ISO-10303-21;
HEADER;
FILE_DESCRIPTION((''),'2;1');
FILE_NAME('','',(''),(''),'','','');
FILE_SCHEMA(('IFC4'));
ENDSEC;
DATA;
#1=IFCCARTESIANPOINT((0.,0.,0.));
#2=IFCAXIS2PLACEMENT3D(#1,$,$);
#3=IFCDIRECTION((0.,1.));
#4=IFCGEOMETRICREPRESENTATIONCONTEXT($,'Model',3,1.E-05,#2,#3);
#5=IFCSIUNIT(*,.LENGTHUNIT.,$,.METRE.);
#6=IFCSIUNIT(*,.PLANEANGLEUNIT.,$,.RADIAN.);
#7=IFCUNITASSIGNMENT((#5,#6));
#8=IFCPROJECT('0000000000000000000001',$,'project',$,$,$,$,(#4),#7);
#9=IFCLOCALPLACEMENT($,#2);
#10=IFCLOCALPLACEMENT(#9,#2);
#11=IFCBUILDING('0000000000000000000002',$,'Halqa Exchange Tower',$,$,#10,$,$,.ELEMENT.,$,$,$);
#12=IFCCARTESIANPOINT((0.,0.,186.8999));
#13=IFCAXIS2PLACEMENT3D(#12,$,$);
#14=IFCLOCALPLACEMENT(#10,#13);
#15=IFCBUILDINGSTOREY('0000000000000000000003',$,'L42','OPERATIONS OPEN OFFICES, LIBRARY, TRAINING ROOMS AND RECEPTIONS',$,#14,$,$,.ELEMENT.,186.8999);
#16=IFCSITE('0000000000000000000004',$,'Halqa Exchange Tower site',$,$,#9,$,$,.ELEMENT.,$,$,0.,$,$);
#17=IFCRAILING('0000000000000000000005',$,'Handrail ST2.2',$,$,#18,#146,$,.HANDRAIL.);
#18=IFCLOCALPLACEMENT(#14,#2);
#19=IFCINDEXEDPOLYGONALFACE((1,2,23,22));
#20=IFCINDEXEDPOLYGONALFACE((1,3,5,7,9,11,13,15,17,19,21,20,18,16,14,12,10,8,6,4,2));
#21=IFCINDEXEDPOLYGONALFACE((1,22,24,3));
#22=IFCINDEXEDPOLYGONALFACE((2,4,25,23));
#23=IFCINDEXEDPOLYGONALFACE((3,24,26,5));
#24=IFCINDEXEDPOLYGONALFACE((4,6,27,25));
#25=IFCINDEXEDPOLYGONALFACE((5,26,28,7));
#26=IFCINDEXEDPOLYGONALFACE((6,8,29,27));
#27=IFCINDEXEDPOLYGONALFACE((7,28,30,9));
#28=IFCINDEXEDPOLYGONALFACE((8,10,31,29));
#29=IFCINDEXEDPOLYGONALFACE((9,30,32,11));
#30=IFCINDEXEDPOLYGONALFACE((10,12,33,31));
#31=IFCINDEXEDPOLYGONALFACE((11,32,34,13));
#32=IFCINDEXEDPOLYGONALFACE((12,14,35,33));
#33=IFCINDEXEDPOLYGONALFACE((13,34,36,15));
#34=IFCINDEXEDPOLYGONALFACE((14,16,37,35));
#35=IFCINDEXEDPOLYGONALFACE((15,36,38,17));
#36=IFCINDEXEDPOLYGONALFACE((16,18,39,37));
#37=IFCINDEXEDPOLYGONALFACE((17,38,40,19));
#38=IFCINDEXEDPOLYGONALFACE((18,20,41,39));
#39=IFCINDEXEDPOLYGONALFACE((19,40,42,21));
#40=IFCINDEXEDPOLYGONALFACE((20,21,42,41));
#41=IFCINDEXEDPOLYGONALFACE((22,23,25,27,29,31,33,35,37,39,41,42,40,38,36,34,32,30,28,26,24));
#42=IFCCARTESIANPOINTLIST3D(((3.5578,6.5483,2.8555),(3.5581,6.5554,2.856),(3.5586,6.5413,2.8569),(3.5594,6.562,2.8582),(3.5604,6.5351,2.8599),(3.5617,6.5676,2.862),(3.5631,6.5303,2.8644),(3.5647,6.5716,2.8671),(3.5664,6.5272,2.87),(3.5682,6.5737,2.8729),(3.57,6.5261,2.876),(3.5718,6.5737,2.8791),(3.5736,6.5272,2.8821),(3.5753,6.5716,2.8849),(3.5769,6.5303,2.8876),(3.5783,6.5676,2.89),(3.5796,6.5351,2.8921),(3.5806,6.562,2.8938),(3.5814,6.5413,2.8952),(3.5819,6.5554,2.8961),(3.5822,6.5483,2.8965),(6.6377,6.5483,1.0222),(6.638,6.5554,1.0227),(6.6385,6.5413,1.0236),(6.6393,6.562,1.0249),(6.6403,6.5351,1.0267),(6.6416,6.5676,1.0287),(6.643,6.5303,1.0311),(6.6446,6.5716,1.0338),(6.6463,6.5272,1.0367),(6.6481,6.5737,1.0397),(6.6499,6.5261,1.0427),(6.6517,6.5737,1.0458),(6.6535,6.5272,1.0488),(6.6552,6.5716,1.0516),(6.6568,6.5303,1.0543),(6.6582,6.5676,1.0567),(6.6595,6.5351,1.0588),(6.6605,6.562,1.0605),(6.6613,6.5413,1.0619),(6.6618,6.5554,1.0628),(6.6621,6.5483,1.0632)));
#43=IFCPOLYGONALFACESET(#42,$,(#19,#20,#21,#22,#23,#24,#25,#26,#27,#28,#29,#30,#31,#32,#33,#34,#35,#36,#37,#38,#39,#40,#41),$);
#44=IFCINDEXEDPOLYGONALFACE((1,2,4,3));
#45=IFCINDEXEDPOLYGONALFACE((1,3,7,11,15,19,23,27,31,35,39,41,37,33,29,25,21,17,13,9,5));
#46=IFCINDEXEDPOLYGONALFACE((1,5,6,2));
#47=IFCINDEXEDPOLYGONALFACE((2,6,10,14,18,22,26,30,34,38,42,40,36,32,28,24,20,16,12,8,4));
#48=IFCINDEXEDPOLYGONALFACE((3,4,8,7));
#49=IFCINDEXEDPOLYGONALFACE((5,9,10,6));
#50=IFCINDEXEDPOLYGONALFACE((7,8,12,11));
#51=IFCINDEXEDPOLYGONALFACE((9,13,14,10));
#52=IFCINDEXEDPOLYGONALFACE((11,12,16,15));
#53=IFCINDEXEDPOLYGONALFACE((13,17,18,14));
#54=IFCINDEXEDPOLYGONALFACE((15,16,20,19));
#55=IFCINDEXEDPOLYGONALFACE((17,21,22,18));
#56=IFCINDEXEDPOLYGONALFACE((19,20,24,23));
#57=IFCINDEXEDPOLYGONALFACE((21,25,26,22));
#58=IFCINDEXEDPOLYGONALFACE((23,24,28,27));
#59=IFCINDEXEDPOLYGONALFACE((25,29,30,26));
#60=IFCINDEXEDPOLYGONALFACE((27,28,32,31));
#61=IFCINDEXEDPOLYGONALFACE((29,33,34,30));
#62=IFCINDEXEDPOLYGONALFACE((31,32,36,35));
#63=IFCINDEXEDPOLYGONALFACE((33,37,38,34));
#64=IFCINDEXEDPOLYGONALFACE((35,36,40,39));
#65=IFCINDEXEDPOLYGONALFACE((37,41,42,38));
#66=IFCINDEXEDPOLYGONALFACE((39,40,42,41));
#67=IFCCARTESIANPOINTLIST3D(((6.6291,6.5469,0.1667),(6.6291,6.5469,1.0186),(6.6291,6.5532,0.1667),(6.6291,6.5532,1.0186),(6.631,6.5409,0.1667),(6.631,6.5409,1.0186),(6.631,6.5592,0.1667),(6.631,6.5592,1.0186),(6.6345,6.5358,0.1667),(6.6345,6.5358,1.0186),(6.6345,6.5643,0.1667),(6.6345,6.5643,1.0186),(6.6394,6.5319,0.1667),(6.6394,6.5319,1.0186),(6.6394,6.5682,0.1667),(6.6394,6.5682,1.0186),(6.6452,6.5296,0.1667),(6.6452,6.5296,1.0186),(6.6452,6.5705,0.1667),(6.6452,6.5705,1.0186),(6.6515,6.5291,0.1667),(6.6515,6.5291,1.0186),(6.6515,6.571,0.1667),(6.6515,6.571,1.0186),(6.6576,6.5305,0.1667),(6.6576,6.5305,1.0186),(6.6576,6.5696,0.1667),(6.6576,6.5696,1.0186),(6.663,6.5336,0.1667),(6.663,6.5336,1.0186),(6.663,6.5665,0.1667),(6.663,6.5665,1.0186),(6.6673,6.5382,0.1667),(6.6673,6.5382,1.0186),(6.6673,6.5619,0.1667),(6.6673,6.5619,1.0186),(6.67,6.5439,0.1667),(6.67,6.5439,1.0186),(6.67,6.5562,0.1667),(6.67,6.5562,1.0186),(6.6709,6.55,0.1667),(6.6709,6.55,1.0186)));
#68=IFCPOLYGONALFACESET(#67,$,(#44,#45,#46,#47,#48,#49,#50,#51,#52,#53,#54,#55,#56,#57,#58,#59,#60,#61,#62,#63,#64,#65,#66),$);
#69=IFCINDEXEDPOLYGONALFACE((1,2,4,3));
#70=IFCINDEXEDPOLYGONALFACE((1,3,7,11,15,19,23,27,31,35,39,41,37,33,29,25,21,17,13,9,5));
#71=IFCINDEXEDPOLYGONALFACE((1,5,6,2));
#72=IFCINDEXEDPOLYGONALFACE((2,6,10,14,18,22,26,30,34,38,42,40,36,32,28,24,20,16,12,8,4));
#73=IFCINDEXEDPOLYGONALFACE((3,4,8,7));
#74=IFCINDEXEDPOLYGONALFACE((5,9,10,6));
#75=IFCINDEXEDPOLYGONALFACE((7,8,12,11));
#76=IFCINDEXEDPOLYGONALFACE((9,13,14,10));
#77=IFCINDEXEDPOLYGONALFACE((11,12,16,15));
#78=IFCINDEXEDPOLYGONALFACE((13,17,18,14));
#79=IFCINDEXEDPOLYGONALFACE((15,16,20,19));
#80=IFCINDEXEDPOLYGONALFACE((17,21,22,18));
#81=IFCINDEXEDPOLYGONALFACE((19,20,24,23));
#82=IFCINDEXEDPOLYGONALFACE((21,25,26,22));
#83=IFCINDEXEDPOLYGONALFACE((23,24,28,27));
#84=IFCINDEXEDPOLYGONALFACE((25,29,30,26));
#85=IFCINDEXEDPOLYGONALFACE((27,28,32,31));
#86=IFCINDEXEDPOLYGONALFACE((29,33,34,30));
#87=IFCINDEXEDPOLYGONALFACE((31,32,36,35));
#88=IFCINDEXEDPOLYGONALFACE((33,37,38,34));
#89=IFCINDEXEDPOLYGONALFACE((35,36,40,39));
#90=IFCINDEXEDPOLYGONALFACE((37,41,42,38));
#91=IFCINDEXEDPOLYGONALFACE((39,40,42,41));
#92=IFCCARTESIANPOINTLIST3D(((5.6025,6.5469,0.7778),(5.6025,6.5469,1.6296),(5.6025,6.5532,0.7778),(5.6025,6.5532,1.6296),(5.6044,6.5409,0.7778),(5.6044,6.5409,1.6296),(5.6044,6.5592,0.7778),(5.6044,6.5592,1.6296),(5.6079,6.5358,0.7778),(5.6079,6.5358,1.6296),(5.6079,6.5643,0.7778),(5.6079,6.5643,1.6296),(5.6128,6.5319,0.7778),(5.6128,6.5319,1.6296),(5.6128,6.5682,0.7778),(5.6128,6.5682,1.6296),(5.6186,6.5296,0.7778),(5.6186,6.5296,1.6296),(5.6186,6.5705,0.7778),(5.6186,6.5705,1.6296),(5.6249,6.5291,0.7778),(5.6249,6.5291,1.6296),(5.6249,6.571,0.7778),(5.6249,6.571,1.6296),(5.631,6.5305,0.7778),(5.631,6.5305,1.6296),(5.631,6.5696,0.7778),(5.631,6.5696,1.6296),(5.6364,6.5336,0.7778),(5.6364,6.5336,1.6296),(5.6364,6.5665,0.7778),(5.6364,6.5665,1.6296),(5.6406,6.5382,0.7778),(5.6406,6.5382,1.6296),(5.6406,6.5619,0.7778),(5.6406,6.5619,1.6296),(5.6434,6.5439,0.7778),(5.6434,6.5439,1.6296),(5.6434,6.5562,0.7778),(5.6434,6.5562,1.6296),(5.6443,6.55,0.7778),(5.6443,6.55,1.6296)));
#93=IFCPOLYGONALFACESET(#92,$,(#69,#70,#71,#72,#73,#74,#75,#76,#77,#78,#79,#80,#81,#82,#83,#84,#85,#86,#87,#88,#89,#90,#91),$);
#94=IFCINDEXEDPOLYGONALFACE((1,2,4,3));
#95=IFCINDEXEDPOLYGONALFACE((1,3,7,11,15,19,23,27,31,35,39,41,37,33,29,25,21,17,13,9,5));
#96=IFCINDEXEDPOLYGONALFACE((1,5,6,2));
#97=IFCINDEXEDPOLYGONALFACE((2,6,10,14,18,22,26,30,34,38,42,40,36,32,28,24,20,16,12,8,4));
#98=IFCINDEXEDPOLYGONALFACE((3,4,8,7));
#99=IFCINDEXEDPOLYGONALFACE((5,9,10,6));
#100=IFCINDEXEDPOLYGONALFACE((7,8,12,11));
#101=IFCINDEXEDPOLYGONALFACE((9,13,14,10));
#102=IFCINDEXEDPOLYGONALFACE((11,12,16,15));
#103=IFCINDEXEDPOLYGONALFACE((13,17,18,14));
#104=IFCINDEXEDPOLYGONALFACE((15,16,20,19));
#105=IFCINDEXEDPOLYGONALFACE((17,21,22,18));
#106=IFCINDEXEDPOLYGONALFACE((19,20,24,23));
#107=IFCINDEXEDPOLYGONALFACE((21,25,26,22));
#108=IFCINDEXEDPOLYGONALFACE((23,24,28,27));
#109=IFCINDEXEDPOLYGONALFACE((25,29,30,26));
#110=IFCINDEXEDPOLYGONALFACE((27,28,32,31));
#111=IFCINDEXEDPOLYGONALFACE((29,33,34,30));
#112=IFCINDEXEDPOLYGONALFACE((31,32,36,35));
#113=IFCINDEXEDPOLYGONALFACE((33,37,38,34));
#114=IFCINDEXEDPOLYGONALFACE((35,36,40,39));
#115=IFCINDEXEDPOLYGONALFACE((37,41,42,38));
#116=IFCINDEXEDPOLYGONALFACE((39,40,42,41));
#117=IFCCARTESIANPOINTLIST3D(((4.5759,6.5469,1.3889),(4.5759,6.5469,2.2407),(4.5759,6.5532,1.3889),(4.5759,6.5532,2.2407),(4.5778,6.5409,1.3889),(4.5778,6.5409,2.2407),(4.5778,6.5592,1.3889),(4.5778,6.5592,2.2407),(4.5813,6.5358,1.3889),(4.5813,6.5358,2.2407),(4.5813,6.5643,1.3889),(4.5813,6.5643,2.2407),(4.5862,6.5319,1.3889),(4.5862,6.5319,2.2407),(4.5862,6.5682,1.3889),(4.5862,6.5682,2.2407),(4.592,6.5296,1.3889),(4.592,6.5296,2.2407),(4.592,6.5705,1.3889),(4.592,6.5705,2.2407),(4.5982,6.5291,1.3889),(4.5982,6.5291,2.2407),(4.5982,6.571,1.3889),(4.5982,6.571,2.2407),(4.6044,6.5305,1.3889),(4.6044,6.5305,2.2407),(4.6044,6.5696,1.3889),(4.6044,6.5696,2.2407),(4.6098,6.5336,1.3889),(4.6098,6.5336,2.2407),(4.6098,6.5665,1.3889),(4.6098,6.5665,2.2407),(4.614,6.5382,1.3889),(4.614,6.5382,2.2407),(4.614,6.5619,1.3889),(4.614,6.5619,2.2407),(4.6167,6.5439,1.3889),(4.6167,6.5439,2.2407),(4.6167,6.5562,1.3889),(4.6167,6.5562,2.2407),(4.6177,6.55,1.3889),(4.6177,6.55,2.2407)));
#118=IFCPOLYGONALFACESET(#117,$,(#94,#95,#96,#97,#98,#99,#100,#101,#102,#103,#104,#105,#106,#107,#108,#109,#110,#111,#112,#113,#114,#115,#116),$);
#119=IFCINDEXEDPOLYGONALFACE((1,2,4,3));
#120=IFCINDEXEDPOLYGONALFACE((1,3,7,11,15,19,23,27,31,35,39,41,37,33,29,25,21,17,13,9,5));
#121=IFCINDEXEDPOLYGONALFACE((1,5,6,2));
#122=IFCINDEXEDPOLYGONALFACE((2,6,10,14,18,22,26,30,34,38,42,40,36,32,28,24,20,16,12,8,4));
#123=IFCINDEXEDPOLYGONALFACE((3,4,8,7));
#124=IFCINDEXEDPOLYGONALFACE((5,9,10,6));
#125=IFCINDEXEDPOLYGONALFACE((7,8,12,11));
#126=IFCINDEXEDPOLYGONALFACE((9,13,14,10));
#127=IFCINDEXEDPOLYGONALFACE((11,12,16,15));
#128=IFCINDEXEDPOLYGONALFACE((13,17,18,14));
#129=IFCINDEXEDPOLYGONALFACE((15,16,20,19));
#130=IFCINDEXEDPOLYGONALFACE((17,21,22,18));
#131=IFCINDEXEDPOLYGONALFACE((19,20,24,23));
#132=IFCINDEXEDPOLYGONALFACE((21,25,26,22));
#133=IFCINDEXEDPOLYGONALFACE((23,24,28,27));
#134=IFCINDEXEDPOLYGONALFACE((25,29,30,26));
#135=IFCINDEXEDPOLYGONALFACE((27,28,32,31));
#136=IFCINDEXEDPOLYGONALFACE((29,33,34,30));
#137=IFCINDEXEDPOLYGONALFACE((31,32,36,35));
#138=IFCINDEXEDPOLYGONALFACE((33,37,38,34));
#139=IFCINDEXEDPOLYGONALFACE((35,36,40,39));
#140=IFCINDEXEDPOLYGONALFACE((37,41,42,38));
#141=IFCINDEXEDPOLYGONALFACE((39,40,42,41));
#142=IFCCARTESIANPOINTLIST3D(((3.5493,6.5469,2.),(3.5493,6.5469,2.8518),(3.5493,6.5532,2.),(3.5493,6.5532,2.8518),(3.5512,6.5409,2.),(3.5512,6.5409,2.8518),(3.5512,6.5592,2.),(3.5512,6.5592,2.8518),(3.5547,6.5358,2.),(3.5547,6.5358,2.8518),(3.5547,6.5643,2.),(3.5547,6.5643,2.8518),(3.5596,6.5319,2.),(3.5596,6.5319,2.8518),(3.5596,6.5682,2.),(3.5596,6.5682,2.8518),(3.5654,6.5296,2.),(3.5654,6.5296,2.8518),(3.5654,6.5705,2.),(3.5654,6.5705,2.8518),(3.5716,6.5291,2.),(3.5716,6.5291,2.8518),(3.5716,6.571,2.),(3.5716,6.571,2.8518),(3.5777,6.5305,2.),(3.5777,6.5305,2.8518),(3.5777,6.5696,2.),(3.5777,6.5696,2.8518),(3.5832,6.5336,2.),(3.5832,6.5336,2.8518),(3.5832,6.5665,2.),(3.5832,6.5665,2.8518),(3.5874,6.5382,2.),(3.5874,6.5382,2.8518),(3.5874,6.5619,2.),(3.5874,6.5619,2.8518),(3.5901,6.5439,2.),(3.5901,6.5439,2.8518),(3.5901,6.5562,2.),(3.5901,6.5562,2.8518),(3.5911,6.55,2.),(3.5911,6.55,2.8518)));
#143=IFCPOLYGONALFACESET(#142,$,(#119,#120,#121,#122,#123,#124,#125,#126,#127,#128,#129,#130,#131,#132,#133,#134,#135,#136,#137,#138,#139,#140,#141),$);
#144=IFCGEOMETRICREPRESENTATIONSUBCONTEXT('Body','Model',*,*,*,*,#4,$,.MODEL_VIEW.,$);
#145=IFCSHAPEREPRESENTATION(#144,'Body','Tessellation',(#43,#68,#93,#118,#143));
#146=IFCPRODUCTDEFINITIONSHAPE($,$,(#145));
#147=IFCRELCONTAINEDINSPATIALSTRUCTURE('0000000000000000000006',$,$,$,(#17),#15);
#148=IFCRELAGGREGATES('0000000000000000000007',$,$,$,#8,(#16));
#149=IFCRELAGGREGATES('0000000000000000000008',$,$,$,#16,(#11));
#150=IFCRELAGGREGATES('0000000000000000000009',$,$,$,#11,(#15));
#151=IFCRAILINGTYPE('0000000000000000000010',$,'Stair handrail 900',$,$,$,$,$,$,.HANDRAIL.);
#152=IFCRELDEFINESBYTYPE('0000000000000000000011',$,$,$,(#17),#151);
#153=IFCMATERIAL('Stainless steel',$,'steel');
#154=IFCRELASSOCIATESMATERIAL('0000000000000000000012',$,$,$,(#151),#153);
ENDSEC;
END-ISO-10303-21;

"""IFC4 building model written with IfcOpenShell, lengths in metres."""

from ifc_helpers import new_model, si_unit, direction, frame, origin, origin_2d, place, context, subcontext, project, spatial, circle, extrude, material, type_object, element, save


model = new_model("IFC4")

# Units and contexts
model_context = context("Model", 3, precision=1e-05, world=origin(), true_north=direction((0.0, 1.0)))
body_context = subcontext(model_context, "Body", "Model", "MODEL_VIEW")
ifc_project = project(units=[si_unit("LENGTHUNIT", "METRE"), si_unit("PLANEANGLEUNIT", "RADIAN")], contexts=[model_context])

# Site, building, storey
site_placement = place(None, origin())
site = spatial("IfcSite", under=ifc_project, at=site_placement, Name="Halqa Exchange Tower site", CompositionType="ELEMENT", RefElevation=0.0)
building_placement = place(site_placement, origin())
building = spatial("IfcBuilding", under=site, at=building_placement, Name="Halqa Exchange Tower", CompositionType="ELEMENT")
storey_placement = place(building_placement, frame((0.0, 0.0, 186.8999)))
storey = spatial("IfcBuildingStorey", under=building, at=storey_placement, Name="L42", Description="OPERATIONS OPEN OFFICES, LIBRARY, TRAINING ROOMS AND RECEPTIONS", CompositionType="ELEMENT", Elevation=186.8999)

# Railing
ifc_material_1 = material(Name="Stainless steel", Category="steel")
railing_type_1 = type_object("IfcRailingType", Name="Stair handrail 900", PredefinedType="HANDRAIL", material=ifc_material_1)
railing_1_placement = place(storey_placement, frame((6.6499, 6.55, 0.1667)))
element("IfcRailing", 1, at=railing_1_placement, inside=storey, type_object=railing_type_1, Name="Handrail ST2.2", PredefinedType="HANDRAIL", context=body_context, shape_type="SweptSolid", body=[
    extrude(circle(Radius=0.0239, at=origin_2d()), frame((0.0, 0.0, 0.876), z_axis=(-0.859291, 0.0, 0.511487), x_axis=(0.0, -1.0, 0.0)), (0.0, 0.0, 1.0), 3.5842),
    extrude(circle(Radius=0.021, at=origin_2d()), origin(), (0.0, 0.0, 1.0), 0.8518),
    extrude(circle(Radius=0.021, at=origin_2d()), frame((-1.0266, 0.0, 0.6111)), (0.0, 0.0, 1.0), 0.8518),
    extrude(circle(Radius=0.021, at=origin_2d()), frame((-2.0532, 0.0, 1.2222)), (0.0, 0.0, 1.0), 0.8518),
    extrude(circle(Radius=0.021, at=origin_2d()), frame((-3.0798, 0.0, 1.8333)), (0.0, 0.0, 1.0), 0.8518),
])

save(model, "model.ifc")
